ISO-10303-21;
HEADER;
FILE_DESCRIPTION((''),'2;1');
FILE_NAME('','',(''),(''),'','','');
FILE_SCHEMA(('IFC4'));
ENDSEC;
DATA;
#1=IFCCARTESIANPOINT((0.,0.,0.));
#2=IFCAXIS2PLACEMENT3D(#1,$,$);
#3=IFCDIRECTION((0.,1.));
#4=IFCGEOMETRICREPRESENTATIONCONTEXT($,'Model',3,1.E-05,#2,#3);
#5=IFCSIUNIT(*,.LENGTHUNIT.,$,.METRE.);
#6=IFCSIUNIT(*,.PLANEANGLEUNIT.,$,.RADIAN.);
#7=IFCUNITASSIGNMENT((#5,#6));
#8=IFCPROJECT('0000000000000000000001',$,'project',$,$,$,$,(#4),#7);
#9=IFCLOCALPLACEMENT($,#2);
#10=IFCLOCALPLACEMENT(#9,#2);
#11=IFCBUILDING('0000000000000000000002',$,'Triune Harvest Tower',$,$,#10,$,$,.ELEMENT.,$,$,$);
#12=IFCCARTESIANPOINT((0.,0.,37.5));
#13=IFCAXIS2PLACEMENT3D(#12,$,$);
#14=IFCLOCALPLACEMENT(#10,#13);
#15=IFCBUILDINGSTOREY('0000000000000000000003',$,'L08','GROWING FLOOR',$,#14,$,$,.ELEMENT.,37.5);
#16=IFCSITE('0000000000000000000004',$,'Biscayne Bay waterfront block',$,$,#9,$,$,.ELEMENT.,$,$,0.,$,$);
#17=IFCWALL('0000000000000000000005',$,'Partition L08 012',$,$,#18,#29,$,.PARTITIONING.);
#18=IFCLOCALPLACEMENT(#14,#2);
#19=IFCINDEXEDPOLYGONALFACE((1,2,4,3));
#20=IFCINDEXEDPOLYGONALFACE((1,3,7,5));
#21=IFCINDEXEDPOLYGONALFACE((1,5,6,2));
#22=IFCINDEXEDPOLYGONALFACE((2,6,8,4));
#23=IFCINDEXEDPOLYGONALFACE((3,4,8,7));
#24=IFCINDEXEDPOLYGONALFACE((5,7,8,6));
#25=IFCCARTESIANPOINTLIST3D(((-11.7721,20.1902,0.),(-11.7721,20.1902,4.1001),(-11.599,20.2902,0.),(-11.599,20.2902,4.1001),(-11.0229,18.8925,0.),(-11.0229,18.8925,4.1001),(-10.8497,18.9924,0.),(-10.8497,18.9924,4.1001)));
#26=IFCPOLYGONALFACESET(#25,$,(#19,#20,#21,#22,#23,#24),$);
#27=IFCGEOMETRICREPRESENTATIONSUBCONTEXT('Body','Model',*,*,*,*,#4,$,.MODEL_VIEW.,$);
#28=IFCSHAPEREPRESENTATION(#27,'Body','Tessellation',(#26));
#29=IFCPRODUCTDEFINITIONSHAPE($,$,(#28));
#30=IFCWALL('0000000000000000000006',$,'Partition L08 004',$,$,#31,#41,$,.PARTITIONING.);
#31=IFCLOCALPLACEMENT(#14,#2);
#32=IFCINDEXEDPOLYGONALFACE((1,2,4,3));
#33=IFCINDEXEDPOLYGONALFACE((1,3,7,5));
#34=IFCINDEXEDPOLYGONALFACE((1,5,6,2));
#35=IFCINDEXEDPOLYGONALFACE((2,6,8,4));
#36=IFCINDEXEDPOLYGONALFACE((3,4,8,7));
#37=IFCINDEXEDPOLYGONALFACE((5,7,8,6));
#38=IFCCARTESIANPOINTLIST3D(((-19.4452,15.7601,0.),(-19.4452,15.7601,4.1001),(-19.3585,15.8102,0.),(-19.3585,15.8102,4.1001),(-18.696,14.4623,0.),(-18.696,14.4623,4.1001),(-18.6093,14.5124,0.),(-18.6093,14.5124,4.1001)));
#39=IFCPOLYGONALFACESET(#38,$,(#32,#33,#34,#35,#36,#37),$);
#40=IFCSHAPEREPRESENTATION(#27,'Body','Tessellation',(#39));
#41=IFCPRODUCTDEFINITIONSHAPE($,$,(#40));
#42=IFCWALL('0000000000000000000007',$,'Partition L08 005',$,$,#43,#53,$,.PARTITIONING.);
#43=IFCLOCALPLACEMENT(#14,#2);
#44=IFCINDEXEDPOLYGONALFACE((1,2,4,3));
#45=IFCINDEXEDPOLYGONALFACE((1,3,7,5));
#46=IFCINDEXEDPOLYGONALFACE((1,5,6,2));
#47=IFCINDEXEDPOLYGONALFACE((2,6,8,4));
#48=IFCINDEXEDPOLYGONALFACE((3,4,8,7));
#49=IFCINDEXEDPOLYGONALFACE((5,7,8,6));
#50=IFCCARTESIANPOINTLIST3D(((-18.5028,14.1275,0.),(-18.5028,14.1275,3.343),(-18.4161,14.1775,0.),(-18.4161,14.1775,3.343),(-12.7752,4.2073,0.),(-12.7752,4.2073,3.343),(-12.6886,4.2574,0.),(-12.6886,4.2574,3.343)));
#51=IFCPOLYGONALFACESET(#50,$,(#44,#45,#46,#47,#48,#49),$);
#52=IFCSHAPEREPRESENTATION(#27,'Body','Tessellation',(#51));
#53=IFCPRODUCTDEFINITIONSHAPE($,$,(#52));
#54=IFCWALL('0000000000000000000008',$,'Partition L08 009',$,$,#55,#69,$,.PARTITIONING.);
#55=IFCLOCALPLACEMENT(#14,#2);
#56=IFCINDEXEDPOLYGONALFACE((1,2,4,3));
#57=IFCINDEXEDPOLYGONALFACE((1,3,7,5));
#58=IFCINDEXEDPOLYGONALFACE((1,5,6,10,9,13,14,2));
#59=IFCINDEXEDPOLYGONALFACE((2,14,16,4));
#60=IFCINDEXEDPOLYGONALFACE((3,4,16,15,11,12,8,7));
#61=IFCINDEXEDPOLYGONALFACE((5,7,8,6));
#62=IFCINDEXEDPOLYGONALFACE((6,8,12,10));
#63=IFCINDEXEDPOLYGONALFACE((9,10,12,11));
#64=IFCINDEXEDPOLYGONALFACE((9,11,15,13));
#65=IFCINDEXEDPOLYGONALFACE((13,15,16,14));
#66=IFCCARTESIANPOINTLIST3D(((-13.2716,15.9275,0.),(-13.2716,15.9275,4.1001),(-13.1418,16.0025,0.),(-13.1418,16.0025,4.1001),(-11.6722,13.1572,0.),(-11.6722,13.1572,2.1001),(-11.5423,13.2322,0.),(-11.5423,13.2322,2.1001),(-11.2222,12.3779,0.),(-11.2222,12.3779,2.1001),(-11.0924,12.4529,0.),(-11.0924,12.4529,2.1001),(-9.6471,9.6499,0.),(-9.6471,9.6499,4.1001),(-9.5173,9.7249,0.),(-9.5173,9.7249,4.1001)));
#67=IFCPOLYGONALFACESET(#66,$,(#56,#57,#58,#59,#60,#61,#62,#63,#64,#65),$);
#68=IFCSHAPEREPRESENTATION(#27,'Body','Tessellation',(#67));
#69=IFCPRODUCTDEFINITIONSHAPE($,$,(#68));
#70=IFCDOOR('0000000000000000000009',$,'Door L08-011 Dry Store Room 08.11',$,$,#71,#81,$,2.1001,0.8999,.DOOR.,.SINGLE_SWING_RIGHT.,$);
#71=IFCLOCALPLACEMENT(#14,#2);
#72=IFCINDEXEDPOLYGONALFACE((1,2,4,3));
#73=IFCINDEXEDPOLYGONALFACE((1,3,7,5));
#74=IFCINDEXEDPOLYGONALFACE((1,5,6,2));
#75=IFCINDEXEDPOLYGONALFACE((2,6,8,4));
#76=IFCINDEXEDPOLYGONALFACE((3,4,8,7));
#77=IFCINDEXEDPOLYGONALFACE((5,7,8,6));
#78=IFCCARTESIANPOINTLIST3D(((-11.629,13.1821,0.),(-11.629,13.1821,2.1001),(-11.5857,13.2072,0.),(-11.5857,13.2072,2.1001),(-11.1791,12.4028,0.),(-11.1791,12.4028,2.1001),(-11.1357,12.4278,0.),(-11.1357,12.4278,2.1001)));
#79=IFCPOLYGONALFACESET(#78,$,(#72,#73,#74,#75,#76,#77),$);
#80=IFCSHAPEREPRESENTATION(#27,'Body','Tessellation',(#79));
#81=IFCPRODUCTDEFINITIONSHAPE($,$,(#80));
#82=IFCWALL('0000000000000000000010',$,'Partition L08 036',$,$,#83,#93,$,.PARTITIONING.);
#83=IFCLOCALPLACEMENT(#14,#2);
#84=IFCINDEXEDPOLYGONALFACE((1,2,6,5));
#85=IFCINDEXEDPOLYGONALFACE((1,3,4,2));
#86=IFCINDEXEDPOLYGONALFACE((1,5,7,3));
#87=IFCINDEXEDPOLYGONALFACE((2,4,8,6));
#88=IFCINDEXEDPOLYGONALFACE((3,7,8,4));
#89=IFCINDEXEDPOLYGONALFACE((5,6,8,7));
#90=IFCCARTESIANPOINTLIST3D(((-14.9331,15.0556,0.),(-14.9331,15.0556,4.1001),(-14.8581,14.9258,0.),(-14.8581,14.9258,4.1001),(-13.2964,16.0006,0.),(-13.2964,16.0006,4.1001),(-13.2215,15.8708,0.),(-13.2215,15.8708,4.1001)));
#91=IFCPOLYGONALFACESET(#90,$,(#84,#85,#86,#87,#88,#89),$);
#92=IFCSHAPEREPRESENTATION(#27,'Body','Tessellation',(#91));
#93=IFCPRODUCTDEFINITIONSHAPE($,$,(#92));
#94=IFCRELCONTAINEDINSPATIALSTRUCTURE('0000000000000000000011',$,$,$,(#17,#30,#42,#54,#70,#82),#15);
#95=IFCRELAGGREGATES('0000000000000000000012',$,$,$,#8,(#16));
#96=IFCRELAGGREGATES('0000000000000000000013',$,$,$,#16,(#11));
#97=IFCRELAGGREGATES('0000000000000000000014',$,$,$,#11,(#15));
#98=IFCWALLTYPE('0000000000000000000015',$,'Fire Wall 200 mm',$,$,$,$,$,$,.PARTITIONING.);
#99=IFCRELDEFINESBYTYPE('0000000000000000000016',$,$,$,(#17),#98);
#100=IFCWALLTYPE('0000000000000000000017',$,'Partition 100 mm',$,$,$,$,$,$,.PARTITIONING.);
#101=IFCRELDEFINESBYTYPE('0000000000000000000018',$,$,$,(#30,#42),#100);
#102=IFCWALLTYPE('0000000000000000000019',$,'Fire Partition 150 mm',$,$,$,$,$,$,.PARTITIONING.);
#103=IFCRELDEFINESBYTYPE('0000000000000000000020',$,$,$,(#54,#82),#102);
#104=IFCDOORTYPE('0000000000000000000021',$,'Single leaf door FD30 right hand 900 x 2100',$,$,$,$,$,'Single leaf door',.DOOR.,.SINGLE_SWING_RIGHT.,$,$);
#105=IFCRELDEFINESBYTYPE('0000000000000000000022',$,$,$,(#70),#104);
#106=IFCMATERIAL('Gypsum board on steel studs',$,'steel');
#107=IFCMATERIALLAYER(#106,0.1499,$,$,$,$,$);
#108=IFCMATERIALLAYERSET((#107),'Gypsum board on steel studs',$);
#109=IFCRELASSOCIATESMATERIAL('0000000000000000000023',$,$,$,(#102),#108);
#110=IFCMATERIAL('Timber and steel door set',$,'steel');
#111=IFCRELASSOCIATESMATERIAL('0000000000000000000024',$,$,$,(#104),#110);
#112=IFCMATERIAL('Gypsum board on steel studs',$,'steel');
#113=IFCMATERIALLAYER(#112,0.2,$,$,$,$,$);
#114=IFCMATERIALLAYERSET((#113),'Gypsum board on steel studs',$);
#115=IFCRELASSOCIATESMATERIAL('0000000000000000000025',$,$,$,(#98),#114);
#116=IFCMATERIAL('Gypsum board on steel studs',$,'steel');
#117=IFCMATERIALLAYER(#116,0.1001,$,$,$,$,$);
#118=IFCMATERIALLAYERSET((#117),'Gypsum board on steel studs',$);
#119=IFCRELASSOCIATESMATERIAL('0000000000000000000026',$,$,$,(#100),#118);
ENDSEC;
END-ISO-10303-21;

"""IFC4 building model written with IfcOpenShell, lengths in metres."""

from ifc_helpers import new_model, si_unit, direction, frame, frame_2d, origin, place, context, subcontext, project, spatial, rectangle, extrude, source, transform, mapped, material, layer, layer_set, type_object, element, fill, save


model = new_model("IFC4")

# Units and contexts
model_context = context("Model", 3, precision=1e-05, world=origin(), true_north=direction((0.0, 1.0)))
body_context = subcontext(model_context, "Body", "Model", "MODEL_VIEW")
ifc_project = project(units=[si_unit("LENGTHUNIT", "METRE"), si_unit("PLANEANGLEUNIT", "RADIAN")], contexts=[model_context])

# Site, building, storey
site_placement = place(None, origin())
site = spatial("IfcSite", under=ifc_project, at=site_placement, Name="Biscayne Bay waterfront block", CompositionType="ELEMENT", RefElevation=0.0)
building_placement = place(site_placement, origin())
building = spatial("IfcBuilding", under=site, at=building_placement, Name="Triune Harvest Tower", CompositionType="ELEMENT")
storey_placement = place(building_placement, frame((0.0, 0.0, 37.5)))
storey = spatial("IfcBuildingStorey", under=building, at=storey_placement, Name="L08", Description="GROWING FLOOR", CompositionType="ELEMENT", Elevation=37.5)

# Shared definitions
ifc_material_1 = material(Name="Gypsum board on steel studs", Category="steel")
ifc_layer_1 = layer(ifc_material_1, 0.1499)
ifc_layer_set_1 = layer_set([ifc_layer_1], Name="Gypsum board on steel studs")
wall_type_1 = type_object("IfcWallType", Name="Fire Partition 150 mm", PredefinedType="PARTITIONING", material=ifc_layer_set_1)
ifc_material_2 = material(Name="Timber and steel door set", Category="steel")
door_type_1 = type_object("IfcDoorType", Name="Single leaf door FD30 right hand 900 x 2100", ElementType="Single leaf door", OperationType="SINGLE_SWING_RIGHT", PredefinedType="DOOR", material=ifc_material_2)

# Walls
ifc_material_3 = material(Name="Gypsum board on steel studs", Category="steel")
ifc_layer_2 = layer(ifc_material_3, 0.2)
ifc_layer_set_2 = layer_set([ifc_layer_2], Name="Gypsum board on steel studs")
wall_type_2 = type_object("IfcWallType", Name="Fire Wall 200 mm", PredefinedType="PARTITIONING", material=ifc_layer_set_2)
ifc_material_4 = material(Name="Gypsum board on steel studs", Category="steel")
ifc_layer_3 = layer(ifc_material_4, 0.1001)
ifc_layer_set_3 = layer_set([ifc_layer_3], Name="Gypsum board on steel studs")
wall_type_3 = type_object("IfcWallType", Name="Partition 100 mm", PredefinedType="PARTITIONING", material=ifc_layer_set_3)
shared_shape_1 = source(origin(), body_context, "Body", "SweptSolid", [
    extrude(rectangle(XDim=1.4985, YDim=0.2, at=frame_2d((0.7493, 0.0))), origin(), (0.0, 0.0, 1.0), 4.1001),
])
wall_1_placement = place(storey_placement, frame((-11.6855, 20.2402, 0.0), z_axis=(0.0, 0.0, 1.0), x_axis=(0.499976, -0.866039, 0.0)))
element("IfcWall", 1, at=wall_1_placement, inside=storey, type_object=wall_type_2, Name="Partition L08 012", PredefinedType="PARTITIONING", context=body_context, shape_type="MappedRepresentation", body=[
    mapped(shared_shape_1, transform((0.0, 0.0, 0.0), scale=1.0)),
])
shared_shape_2 = source(origin(), body_context, "Body", "SweptSolid", [
    extrude(rectangle(XDim=1.4985, YDim=0.1001, at=frame_2d((0.7493, 0.0))), origin(), (0.0, 0.0, 1.0), 4.1001),
])
wall_2_placement = place(storey_placement, frame((-19.4019, 15.7852, 0.0), z_axis=(0.0, 0.0, 1.0), x_axis=(0.499976, -0.866039, 0.0)))
element("IfcWall", 2, at=wall_2_placement, inside=storey, type_object=wall_type_3, Name="Partition L08 004", PredefinedType="PARTITIONING", context=body_context, shape_type="MappedRepresentation", body=[
    mapped(shared_shape_2, transform((0.0, 0.0, 0.0), scale=1.0)),
])
shared_shape_3 = source(origin(), body_context, "Body", "SweptSolid", [
    extrude(rectangle(XDim=11.4548, YDim=0.1001, at=frame_2d((5.7275, 0.0))), origin(), (0.0, 0.0, 1.0), 3.343),
])
wall_3_placement = place(storey_placement, frame((-18.4595, 14.1526, 0.0), z_axis=(0.0, 0.0, 1.0), x_axis=(0.500008, -0.866021, 0.0)))
element("IfcWall", 3, at=wall_3_placement, inside=storey, type_object=wall_type_3, Name="Partition L08 005", PredefinedType="PARTITIONING", context=body_context, shape_type="MappedRepresentation", body=[
    mapped(shared_shape_3, transform((0.0, 0.0, 0.0), scale=1.0)),
])

# Wall, opening, door
shared_shape_4 = source(origin(), body_context, "Body", "SweptSolid", [
    extrude(rectangle(XDim=7.2488, YDim=0.1499, at=frame_2d((3.6245, 0.0))), origin(), (0.0, 0.0, 1.0), 4.1001),
])
wall_4_placement = place(storey_placement, frame((-13.2068, 15.9651, 0.0), z_axis=(0.0, 0.0, 1.0), x_axis=(0.500015, -0.866017, 0.0)))
wall_4 = element("IfcWall", 4, at=wall_4_placement, inside=storey, type_object=wall_type_1, Name="Partition L08 009", PredefinedType="PARTITIONING", context=body_context, shape_type="MappedRepresentation", body=[
    mapped(shared_shape_4, transform((0.0, 0.0, 0.0), scale=1.0)),
])
opening_1_placement = place(wall_4_placement, frame((3.199, 0.0, 0.0)))
opening_1 = element("IfcOpeningElement", 5, at=opening_1_placement, cuts=wall_4, PredefinedType="OPENING", context=body_context, shape_type="SweptSolid", body=[
    extrude(rectangle(XDim=0.8999, YDim=2.1001, at=frame_2d((0.45, 1.05))), frame((0.0, 0.085, 0.0), z_axis=(0.0, -1.0, 0.0), x_axis=(1.0, 0.0, 0.0)), (0.0, 0.0, 1.0), 0.1699),
])
door_1_placement = place(opening_1_placement, origin())
door_1 = element("IfcDoor", 6, at=door_1_placement, inside=storey, type_object=door_type_1, Name="Door L08-011 Dry Store Room 08.11", OperationType="SINGLE_SWING_RIGHT", OverallHeight=2.1001, OverallWidth=0.8999, PredefinedType="DOOR", context=body_context, shape_type="SweptSolid", body=[
    extrude(rectangle(XDim=0.8999, YDim=2.1001, at=frame_2d((0.45, 1.05))), frame((0.0, 0.0249, 0.0), z_axis=(0.0, -1.0, 0.0), x_axis=(1.0, 0.0, 0.0)), (0.0, 0.0, 1.0), 0.05),
])
fill(opening_1, door_1)

# Wall
shared_shape_5 = source(origin(), body_context, "Body", "SweptSolid", [
    extrude(rectangle(XDim=1.8899, YDim=0.1499, at=frame_2d((0.9448, 0.0))), origin(), (0.0, 0.0, 1.0), 4.1001),
])
wall_5_placement = place(storey_placement, frame((-14.8955, 14.9907, 0.0), z_axis=(0.0, 0.0, 1.0), x_axis=(0.866001, 0.500043, 0.0)))
element("IfcWall", 7, at=wall_5_placement, inside=storey, type_object=wall_type_1, Name="Partition L08 036", PredefinedType="PARTITIONING", context=body_context, shape_type="MappedRepresentation", body=[
    mapped(shared_shape_5, transform((0.0, 0.0, 0.0), scale=1.0)),
])

save(model, "model.ifc")
